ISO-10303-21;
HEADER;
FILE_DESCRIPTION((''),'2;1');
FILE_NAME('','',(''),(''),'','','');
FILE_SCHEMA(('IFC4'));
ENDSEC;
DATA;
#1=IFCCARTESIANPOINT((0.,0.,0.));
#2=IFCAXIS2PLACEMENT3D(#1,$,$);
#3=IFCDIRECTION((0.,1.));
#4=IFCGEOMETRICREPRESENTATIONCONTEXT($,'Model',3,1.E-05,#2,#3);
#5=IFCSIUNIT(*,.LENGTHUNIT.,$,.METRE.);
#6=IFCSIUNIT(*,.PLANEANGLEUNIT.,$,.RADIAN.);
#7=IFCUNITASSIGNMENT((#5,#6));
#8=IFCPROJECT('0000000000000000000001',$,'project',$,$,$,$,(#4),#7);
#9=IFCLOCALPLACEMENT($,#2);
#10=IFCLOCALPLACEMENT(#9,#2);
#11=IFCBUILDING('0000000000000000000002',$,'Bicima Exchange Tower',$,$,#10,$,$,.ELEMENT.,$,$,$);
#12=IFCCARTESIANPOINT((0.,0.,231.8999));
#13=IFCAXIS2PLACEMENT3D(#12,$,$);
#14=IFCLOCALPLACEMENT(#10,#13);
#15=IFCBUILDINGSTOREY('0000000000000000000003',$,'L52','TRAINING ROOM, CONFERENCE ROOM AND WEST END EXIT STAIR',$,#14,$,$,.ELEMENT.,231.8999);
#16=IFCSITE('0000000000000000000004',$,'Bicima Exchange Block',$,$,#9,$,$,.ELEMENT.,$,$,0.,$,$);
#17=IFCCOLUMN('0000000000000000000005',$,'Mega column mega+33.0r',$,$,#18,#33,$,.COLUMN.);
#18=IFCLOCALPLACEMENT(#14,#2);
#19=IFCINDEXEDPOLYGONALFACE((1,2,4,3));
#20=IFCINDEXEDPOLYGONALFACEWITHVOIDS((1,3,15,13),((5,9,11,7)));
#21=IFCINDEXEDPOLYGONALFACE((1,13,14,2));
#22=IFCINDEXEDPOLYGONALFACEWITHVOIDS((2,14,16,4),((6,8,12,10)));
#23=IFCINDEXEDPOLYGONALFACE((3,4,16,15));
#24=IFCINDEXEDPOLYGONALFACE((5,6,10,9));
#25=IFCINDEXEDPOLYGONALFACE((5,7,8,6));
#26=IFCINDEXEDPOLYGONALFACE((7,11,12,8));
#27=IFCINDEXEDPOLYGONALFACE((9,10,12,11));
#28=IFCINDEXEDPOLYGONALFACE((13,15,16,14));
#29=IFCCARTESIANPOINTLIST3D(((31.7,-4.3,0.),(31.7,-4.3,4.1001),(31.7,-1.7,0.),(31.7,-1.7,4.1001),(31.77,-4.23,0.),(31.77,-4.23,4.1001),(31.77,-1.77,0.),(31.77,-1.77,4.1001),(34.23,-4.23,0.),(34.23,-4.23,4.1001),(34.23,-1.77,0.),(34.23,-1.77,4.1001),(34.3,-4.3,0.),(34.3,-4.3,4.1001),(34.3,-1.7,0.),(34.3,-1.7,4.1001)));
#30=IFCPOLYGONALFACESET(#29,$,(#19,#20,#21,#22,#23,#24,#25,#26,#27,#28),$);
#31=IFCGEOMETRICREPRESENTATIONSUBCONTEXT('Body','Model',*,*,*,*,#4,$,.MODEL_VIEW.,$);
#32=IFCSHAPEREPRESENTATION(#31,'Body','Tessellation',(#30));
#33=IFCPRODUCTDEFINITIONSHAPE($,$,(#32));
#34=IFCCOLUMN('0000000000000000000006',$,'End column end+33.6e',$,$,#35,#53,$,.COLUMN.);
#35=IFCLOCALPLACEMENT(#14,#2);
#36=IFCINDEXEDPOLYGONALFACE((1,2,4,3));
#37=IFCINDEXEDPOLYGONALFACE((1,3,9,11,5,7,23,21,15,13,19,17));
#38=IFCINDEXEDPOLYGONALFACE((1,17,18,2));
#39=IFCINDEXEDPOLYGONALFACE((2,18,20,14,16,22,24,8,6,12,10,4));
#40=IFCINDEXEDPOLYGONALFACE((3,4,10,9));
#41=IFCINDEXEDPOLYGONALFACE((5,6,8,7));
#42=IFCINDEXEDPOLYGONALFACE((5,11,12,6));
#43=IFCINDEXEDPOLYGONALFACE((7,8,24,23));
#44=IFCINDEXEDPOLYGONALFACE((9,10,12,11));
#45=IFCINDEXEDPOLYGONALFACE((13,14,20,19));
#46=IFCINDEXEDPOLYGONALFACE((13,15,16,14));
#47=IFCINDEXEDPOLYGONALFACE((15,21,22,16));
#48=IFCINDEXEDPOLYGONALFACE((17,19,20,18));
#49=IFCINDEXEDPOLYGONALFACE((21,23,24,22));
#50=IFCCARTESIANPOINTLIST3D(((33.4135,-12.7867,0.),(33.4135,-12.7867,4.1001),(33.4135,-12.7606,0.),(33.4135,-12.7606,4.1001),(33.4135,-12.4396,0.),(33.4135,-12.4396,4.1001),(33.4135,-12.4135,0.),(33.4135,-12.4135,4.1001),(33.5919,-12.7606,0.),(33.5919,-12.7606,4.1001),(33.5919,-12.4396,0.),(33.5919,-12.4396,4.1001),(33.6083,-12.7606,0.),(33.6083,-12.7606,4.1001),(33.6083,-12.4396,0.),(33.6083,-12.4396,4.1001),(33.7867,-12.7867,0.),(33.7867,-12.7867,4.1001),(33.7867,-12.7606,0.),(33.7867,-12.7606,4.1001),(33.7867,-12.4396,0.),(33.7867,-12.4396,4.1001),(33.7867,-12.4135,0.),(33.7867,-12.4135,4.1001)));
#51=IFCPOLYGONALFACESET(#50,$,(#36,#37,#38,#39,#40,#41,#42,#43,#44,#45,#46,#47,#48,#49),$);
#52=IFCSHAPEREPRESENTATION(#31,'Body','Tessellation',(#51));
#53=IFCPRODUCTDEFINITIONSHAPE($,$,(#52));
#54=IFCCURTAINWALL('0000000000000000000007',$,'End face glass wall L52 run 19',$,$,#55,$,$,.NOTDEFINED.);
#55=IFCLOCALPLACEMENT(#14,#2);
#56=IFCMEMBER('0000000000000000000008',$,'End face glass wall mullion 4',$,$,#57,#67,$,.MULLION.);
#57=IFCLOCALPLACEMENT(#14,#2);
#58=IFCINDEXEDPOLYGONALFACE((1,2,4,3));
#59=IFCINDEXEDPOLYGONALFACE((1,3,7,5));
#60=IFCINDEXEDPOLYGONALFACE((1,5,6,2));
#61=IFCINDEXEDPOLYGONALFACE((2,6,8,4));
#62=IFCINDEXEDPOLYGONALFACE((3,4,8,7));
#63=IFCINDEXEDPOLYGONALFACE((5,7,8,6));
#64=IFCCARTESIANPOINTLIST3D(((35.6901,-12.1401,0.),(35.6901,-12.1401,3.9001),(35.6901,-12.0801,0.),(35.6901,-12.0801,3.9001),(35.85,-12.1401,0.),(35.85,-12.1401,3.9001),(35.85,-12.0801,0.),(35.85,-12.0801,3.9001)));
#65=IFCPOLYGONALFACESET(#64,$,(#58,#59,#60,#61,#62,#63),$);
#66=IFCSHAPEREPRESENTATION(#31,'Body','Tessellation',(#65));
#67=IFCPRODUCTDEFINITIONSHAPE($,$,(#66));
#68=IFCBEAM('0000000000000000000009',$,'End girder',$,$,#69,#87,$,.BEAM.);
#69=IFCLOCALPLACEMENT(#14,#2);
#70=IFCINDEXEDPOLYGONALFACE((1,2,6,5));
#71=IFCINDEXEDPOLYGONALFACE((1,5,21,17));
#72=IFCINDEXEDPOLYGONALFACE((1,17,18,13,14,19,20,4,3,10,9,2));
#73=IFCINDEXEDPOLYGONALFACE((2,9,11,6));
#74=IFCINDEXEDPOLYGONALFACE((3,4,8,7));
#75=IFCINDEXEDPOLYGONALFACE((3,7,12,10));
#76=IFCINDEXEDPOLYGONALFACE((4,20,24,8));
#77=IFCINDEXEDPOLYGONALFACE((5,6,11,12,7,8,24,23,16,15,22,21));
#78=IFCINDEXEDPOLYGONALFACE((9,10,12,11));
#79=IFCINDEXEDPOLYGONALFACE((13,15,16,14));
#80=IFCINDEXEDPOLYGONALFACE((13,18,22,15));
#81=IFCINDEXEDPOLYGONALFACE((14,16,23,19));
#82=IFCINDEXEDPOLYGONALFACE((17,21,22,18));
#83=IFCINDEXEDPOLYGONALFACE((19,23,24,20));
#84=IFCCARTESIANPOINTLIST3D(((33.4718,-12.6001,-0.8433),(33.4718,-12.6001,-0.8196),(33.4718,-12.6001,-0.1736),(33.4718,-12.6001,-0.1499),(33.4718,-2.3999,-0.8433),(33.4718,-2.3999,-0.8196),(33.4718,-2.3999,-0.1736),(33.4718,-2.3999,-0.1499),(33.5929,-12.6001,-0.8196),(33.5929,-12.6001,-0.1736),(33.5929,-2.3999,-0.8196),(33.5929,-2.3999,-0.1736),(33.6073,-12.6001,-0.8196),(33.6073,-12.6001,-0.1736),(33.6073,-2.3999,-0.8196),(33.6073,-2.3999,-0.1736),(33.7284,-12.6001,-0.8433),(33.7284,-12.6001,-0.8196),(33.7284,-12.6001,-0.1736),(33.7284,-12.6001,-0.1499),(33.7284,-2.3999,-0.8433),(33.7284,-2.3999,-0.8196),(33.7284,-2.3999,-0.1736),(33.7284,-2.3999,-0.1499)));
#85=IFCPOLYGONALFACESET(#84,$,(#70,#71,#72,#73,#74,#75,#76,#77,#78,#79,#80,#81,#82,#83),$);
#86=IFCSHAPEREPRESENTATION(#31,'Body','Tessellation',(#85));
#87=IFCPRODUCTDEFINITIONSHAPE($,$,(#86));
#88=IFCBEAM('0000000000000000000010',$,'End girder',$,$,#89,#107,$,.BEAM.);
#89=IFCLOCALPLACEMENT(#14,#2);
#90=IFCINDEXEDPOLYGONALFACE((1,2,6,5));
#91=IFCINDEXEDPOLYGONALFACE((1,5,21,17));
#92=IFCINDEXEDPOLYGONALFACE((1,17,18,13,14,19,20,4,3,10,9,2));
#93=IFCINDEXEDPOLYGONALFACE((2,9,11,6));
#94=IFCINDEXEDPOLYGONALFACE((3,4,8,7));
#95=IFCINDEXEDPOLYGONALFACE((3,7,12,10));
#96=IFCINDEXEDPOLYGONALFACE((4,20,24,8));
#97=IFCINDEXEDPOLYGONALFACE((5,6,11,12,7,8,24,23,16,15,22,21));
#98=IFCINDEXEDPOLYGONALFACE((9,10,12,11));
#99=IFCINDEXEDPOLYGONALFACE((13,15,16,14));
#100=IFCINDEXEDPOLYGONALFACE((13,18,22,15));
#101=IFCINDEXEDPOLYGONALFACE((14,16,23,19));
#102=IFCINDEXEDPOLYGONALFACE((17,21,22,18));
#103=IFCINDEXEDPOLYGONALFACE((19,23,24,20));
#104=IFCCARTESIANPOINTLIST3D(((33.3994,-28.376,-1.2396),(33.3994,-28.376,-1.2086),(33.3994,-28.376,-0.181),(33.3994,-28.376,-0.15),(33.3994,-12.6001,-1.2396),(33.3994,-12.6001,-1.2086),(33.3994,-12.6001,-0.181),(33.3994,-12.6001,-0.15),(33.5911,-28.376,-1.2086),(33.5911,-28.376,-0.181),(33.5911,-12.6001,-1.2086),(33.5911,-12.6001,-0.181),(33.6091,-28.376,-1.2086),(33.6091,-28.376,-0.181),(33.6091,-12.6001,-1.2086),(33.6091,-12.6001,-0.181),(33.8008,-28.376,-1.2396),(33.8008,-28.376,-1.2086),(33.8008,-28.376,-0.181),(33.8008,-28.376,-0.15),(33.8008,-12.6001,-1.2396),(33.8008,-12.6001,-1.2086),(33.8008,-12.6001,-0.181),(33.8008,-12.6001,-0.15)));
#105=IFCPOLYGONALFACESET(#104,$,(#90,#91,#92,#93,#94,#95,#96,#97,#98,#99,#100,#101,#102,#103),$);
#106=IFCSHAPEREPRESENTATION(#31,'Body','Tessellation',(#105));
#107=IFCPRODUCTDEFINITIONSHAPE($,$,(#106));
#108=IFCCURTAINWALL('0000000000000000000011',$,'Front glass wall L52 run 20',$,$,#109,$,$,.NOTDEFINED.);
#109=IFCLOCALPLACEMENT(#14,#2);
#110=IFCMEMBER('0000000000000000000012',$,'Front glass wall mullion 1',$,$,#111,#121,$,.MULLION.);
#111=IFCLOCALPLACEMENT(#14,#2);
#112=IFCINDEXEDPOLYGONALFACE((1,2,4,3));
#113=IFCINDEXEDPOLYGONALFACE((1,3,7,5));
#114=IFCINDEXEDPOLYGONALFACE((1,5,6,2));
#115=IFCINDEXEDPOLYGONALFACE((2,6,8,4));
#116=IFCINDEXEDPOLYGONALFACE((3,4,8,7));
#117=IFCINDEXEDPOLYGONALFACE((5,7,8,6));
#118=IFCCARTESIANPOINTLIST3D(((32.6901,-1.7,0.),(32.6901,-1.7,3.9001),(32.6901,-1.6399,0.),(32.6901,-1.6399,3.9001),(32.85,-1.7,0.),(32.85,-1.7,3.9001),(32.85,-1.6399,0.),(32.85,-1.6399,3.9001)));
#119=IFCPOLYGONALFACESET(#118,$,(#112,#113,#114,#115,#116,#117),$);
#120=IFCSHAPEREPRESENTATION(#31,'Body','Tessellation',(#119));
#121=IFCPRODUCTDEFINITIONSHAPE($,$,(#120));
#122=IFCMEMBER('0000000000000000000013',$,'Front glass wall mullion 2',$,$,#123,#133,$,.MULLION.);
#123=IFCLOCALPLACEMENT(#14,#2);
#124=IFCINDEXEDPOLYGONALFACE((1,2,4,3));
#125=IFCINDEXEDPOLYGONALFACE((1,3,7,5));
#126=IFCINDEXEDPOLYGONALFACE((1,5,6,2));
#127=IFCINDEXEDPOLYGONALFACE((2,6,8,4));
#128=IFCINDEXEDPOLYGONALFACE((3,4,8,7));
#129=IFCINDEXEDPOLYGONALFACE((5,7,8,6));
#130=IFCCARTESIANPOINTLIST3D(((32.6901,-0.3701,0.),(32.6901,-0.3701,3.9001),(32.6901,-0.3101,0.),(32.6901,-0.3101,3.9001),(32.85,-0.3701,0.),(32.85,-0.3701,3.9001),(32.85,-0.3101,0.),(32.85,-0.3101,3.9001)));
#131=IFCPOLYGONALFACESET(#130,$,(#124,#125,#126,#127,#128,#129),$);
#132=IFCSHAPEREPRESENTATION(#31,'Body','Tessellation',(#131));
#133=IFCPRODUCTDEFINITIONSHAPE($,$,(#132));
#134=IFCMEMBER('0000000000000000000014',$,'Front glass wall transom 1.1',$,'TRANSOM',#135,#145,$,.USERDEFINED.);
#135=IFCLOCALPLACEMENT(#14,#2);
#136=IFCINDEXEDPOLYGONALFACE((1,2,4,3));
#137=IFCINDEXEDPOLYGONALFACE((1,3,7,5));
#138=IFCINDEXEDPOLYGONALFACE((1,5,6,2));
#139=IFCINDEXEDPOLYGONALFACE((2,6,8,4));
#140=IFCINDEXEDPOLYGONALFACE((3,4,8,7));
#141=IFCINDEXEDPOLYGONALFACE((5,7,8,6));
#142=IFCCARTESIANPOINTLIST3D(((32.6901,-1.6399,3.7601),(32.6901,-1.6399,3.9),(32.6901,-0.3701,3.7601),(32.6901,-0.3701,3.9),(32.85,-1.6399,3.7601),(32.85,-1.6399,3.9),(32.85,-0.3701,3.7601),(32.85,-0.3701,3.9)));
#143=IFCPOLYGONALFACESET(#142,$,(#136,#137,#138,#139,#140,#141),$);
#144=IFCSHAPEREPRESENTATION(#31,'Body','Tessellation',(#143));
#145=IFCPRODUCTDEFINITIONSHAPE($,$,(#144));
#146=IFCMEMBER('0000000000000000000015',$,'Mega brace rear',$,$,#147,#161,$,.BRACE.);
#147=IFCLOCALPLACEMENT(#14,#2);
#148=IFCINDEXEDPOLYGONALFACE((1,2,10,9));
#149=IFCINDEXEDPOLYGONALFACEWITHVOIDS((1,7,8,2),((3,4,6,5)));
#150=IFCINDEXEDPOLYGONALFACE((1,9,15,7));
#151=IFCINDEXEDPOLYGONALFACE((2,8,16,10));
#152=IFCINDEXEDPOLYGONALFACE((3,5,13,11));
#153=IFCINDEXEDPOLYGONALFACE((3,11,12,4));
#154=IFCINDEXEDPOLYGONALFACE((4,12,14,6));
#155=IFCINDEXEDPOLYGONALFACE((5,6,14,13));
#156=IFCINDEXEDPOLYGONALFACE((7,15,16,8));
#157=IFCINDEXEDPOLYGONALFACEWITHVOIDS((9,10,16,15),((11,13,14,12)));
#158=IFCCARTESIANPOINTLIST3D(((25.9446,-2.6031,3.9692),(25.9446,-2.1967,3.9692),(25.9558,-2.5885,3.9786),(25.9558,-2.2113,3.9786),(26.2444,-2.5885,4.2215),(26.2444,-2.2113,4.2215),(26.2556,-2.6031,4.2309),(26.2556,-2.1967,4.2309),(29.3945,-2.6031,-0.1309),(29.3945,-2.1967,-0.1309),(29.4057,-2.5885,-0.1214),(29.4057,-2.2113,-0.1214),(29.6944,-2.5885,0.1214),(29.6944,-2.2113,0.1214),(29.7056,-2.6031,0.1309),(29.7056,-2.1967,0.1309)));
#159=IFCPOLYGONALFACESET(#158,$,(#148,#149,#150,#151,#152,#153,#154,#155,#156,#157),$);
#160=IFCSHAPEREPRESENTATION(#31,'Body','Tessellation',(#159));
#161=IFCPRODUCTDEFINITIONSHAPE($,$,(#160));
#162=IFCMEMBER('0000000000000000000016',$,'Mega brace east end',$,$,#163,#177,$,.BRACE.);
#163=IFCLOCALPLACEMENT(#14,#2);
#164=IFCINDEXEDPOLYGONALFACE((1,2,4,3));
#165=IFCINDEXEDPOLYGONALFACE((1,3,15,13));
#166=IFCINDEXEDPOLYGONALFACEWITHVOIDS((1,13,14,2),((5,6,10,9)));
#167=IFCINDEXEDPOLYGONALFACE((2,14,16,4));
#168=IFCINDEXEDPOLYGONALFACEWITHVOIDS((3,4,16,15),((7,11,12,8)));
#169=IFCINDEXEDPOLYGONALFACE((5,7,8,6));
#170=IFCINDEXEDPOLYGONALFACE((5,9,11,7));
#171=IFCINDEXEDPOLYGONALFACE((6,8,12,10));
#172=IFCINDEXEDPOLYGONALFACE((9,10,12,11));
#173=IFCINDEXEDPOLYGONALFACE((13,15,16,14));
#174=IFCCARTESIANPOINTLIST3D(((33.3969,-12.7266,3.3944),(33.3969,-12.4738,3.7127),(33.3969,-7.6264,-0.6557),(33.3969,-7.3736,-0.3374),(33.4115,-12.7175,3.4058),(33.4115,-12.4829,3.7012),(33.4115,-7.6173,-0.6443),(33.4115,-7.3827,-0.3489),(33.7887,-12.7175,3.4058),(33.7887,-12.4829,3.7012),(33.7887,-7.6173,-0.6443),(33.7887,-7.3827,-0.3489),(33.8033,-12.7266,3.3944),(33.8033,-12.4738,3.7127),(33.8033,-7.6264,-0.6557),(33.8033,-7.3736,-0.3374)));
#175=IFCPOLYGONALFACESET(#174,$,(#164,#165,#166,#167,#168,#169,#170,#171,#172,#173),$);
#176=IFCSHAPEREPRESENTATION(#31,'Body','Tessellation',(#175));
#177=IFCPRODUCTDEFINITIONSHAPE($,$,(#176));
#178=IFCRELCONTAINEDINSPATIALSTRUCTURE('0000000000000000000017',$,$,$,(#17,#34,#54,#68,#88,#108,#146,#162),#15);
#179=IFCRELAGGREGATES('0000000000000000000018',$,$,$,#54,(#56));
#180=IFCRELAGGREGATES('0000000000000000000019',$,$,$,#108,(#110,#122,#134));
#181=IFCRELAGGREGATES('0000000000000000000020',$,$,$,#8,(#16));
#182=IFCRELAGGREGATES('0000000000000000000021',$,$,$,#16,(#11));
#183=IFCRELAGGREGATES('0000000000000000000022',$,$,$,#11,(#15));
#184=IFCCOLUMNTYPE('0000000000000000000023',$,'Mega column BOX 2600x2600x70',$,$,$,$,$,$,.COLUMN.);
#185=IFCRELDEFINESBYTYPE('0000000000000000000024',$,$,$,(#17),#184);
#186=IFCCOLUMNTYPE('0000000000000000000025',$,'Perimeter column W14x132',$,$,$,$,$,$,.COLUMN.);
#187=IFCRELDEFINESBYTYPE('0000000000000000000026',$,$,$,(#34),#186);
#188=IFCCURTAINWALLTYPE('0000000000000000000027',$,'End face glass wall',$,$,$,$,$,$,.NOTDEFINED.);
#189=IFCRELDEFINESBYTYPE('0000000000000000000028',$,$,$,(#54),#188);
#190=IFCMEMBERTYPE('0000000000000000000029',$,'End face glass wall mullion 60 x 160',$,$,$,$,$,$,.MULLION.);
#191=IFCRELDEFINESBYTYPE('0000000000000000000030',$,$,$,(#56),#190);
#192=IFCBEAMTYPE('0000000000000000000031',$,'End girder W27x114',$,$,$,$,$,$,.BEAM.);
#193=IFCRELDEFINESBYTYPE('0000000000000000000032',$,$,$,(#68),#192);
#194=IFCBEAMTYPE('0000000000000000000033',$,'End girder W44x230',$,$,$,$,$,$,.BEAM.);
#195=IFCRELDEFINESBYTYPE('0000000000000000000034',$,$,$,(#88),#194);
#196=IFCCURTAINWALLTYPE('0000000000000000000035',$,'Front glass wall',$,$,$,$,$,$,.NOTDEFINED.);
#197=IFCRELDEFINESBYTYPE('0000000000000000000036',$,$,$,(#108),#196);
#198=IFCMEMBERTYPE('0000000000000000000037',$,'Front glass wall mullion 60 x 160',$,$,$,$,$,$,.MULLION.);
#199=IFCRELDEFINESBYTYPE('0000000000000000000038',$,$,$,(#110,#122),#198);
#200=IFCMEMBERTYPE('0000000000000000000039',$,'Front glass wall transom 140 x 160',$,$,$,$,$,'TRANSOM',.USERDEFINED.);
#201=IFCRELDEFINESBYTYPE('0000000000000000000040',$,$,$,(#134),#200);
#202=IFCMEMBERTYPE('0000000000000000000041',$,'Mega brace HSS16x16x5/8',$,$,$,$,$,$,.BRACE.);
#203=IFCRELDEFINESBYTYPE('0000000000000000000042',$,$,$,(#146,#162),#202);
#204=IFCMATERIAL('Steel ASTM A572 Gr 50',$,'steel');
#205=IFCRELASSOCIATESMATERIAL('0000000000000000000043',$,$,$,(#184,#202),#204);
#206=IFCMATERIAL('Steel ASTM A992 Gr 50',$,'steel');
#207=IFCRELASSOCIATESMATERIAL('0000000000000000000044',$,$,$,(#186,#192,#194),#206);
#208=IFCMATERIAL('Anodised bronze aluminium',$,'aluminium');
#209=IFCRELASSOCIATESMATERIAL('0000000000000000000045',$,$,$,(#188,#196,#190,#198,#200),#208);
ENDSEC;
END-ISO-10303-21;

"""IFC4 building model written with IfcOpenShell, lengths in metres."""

from ifc_helpers import new_model, si_unit, direction, frame, origin, origin_2d, place, context, subcontext, project, spatial, rectangle, hollow_rectangle, i_section, extrude, material, material_profile, profile_set, type_object, element, aggregate, save


model = new_model("IFC4")

# Units and contexts
model_context = context("Model", 3, precision=1e-05, world=origin(), true_north=direction((0.0, 1.0)))
body_context = subcontext(model_context, "Body", "Model", "MODEL_VIEW")
ifc_project = project(units=[si_unit("LENGTHUNIT", "METRE"), si_unit("PLANEANGLEUNIT", "RADIAN")], contexts=[model_context])

# Site, building, storey
site_placement = place(None, origin())
site = spatial("IfcSite", under=ifc_project, at=site_placement, Name="Bicima Exchange Block", CompositionType="ELEMENT", RefElevation=0.0)
building_placement = place(site_placement, origin())
building = spatial("IfcBuilding", under=site, at=building_placement, Name="Bicima Exchange Tower", CompositionType="ELEMENT")
storey_placement = place(building_placement, frame((0.0, 0.0, 231.8999)))
storey = spatial("IfcBuildingStorey", under=building, at=storey_placement, Name="L52", Description="TRAINING ROOM, CONFERENCE ROOM AND WEST END EXIT STAIR", CompositionType="ELEMENT", Elevation=231.8999)

# Columns
ifc_material_1 = material(Name="Steel ASTM A572 Gr 50", Category="steel")
ifc_material_profile_1 = material_profile(ifc_material_1, hollow_rectangle(XDim=2.6001, YDim=2.6001, WallThickness=0.0701, at=origin_2d()))
ifc_profile_set_1 = profile_set([ifc_material_profile_1], Name="Steel ASTM A572 Gr 50")
column_type_1 = type_object("IfcColumnType", Name="Mega column BOX 2600x2600x70", PredefinedType="COLUMN", material=ifc_profile_set_1)
column_1_placement = place(storey_placement, frame((33.0, -3.0, 0.0), z_axis=(0.0, 0.0, 1.0), x_axis=(1.0, 0.0, 0.0)))
element("IfcColumn", 1, at=column_1_placement, inside=storey, type_object=column_type_1, Name="Mega column mega+33.0r", PredefinedType="COLUMN", context=body_context, shape_type="SweptSolid", body=[
    extrude(hollow_rectangle(XDim=2.6001, YDim=2.6001, WallThickness=0.0701, at=origin_2d()), origin(), (0.0, 0.0, 1.0), 4.1001),
])
ifc_material_2 = material(Name="Steel ASTM A992 Gr 50", Category="steel")
ifc_material_profile_2 = material_profile(ifc_material_2, i_section(OverallWidth=0.3733, OverallDepth=0.3733, WebThickness=0.0164, FlangeThickness=0.0261, at=origin_2d()))
ifc_profile_set_2 = profile_set([ifc_material_profile_2], Name="Steel ASTM A992 Gr 50")
column_type_2 = type_object("IfcColumnType", Name="Perimeter column W14x132", PredefinedType="COLUMN", material=ifc_profile_set_2)
column_2_placement = place(storey_placement, frame((33.6001, -12.6001, 0.0), z_axis=(0.0, 0.0, 1.0), x_axis=(1.0, 0.0, 0.0)))
element("IfcColumn", 2, at=column_2_placement, inside=storey, type_object=column_type_2, Name="End column end+33.6e", PredefinedType="COLUMN", context=body_context, shape_type="SweptSolid", body=[
    extrude(i_section(OverallWidth=0.3733, OverallDepth=0.3733, WebThickness=0.0164, FlangeThickness=0.0261, at=origin_2d()), origin(), (0.0, 0.0, 1.0), 4.1001),
])

# Curtain wall, member
ifc_material_3 = material(Name="Anodised bronze aluminium", Category="aluminium")
curtain_wall_type_1 = type_object("IfcCurtainWallType", Name="End face glass wall", PredefinedType="NOTDEFINED", material=ifc_material_3)
curtain_wall_1_placement = place(storey_placement, origin())
curtain_wall_1 = element("IfcCurtainWall", 3, at=curtain_wall_1_placement, inside=storey, type_object=curtain_wall_type_1, Name="End face glass wall L52 run 19", PredefinedType="NOTDEFINED")
ifc_material_profile_3 = material_profile(ifc_material_3, rectangle(XDim=0.1599, YDim=0.0601, at=origin_2d()))
ifc_profile_set_3 = profile_set([ifc_material_profile_3], Name="Anodised bronze aluminium")
member_type_1 = type_object("IfcMemberType", Name="End face glass wall mullion 60 x 160", PredefinedType="MULLION", material=ifc_profile_set_3)
member_1_placement = place(storey_placement, frame((35.77, -12.1101, 0.0), z_axis=(0.0, 0.0, 1.0), x_axis=(-1.0, 0.0, 0.0)))
member_1 = element("IfcMember", 4, at=member_1_placement, type_object=member_type_1, Name="End face glass wall mullion 4", PredefinedType="MULLION", context=body_context, shape_type="SweptSolid", body=[
    extrude(rectangle(XDim=0.1599, YDim=0.0601, at=origin_2d()), origin(), (0.0, 0.0, 1.0), 3.9001),
])
aggregate(curtain_wall_1, [member_1])

# Beams
ifc_material_profile_4 = material_profile(ifc_material_2, i_section(OverallWidth=0.2566, OverallDepth=0.6934, WebThickness=0.0144, FlangeThickness=0.0237, at=origin_2d()))
ifc_profile_set_4 = profile_set([ifc_material_profile_4], Name="Steel ASTM A992 Gr 50")
beam_type_1 = type_object("IfcBeamType", Name="End girder W27x114", PredefinedType="BEAM", material=ifc_profile_set_4)
beam_1_placement = place(storey_placement, frame((33.6001, -2.3999, -0.4966), z_axis=(0.0, -1.0, 0.0), x_axis=(1.0, 0.0, 0.0)))
element("IfcBeam", 5, at=beam_1_placement, inside=storey, type_object=beam_type_1, Name="End girder", PredefinedType="BEAM", context=body_context, shape_type="SweptSolid", body=[
    extrude(i_section(OverallWidth=0.2566, OverallDepth=0.6934, WebThickness=0.0144, FlangeThickness=0.0237, at=origin_2d()), origin(), (0.0, 0.0, 1.0), 10.2002),
])
ifc_material_profile_5 = material_profile(ifc_material_2, i_section(OverallWidth=0.4014, OverallDepth=1.0896, WebThickness=0.0181, FlangeThickness=0.031, at=origin_2d()))
ifc_profile_set_5 = profile_set([ifc_material_profile_5], Name="Steel ASTM A992 Gr 50")
beam_type_2 = type_object("IfcBeamType", Name="End girder W44x230", PredefinedType="BEAM", material=ifc_profile_set_5)
beam_2_placement = place(storey_placement, frame((33.6001, -12.6001, -0.6948), z_axis=(0.0, -1.0, 0.0), x_axis=(1.0, 0.0, 0.0)))
element("IfcBeam", 6, at=beam_2_placement, inside=storey, type_object=beam_type_2, Name="End girder", PredefinedType="BEAM", context=body_context, shape_type="SweptSolid", body=[
    extrude(i_section(OverallWidth=0.4014, OverallDepth=1.0896, WebThickness=0.0181, FlangeThickness=0.031, at=origin_2d()), origin(), (0.0, 0.0, 1.0), 15.7759),
])

# Curtain wall, members
curtain_wall_type_2 = type_object("IfcCurtainWallType", Name="Front glass wall", PredefinedType="NOTDEFINED", material=ifc_material_3)
curtain_wall_2_placement = place(storey_placement, origin())
curtain_wall_2 = element("IfcCurtainWall", 7, at=curtain_wall_2_placement, inside=storey, type_object=curtain_wall_type_2, Name="Front glass wall L52 run 20", PredefinedType="NOTDEFINED")
member_type_2 = type_object("IfcMemberType", Name="Front glass wall mullion 60 x 160", PredefinedType="MULLION", material=ifc_profile_set_3)
member_2_placement = place(storey_placement, frame((32.77, -1.6699, 0.0), z_axis=(0.0, 0.0, 1.0), x_axis=(-1.0, 0.0, 0.0)))
member_2 = element("IfcMember", 8, at=member_2_placement, type_object=member_type_2, Name="Front glass wall mullion 1", PredefinedType="MULLION", context=body_context, shape_type="SweptSolid", body=[
    extrude(rectangle(XDim=0.1599, YDim=0.0601, at=origin_2d()), origin(), (0.0, 0.0, 1.0), 3.9001),
])
member_3_placement = place(storey_placement, frame((32.77, -0.3401, 0.0), z_axis=(0.0, 0.0, 1.0), x_axis=(-1.0, 0.0, 0.0)))
member_3 = element("IfcMember", 9, at=member_3_placement, type_object=member_type_2, Name="Front glass wall mullion 2", PredefinedType="MULLION", context=body_context, shape_type="SweptSolid", body=[
    extrude(rectangle(XDim=0.1599, YDim=0.0601, at=origin_2d()), origin(), (0.0, 0.0, 1.0), 3.9001),
])
ifc_material_profile_6 = material_profile(ifc_material_3, rectangle(XDim=0.1599, YDim=0.1399, at=origin_2d()))
ifc_profile_set_6 = profile_set([ifc_material_profile_6], Name="Anodised bronze aluminium")
member_type_3 = type_object("IfcMemberType", Name="Front glass wall transom 140 x 160", ElementType="TRANSOM", PredefinedType="USERDEFINED", material=ifc_profile_set_6)
member_4_placement = place(storey_placement, frame((32.77, -1.6399, 3.8301), z_axis=(0.0, 1.0, 0.0), x_axis=(-1.0, 0.0, 0.0)))
member_4 = element("IfcMember", 10, at=member_4_placement, type_object=member_type_3, Name="Front glass wall transom 1.1", ObjectType="TRANSOM", PredefinedType="USERDEFINED", context=body_context, shape_type="SweptSolid", body=[
    extrude(rectangle(XDim=0.1599, YDim=0.1399, at=origin_2d()), origin(), (0.0, 0.0, 1.0), 1.2698),
])

# Members
ifc_material_profile_7 = material_profile(ifc_material_1, hollow_rectangle(XDim=0.4065, YDim=0.4065, WallThickness=0.0146, at=origin_2d()))
ifc_profile_set_7 = profile_set([ifc_material_profile_7], Name="Steel ASTM A572 Gr 50")
member_type_4 = type_object("IfcMemberType", Name="Mega brace HSS16x16x5/8", PredefinedType="BRACE", material=ifc_profile_set_7)
member_5_placement = place(storey_placement, frame((29.55, -2.3999, 0.0), z_axis=(-0.643834, 0.0, 0.765165), x_axis=(0.0, -1.0, 0.0)))
element("IfcMember", 11, at=member_5_placement, inside=storey, type_object=member_type_4, Name="Mega brace rear", PredefinedType="BRACE", context=body_context, shape_type="SweptSolid", body=[
    extrude(hollow_rectangle(XDim=0.4065, YDim=0.4065, WallThickness=0.0146, at=origin_2d()), origin(), (0.0, 0.0, 1.0), 5.3584),
])
for number, where, z_axis, x_axis, name in (
    (12, (33.6001, -7.5, -0.4966), (0.0, -0.783113, 0.621879), (1.0, 0.0, 0.0), "Mega brace east end"),
):
    element("IfcMember", number, at=place(storey_placement, frame(where, z_axis=z_axis, x_axis=x_axis)), inside=storey, type_object=member_type_4, Name=name, PredefinedType="BRACE", context=body_context, shape_type="SweptSolid", body=[
        extrude(hollow_rectangle(XDim=0.4065, YDim=0.4065, WallThickness=0.0146, at=origin_2d()), origin(), (0.0, 0.0, 1.0), 6.5127),
    ])

aggregate(curtain_wall_2, [member_2, member_3, member_4])

save(model, "model.ifc")
